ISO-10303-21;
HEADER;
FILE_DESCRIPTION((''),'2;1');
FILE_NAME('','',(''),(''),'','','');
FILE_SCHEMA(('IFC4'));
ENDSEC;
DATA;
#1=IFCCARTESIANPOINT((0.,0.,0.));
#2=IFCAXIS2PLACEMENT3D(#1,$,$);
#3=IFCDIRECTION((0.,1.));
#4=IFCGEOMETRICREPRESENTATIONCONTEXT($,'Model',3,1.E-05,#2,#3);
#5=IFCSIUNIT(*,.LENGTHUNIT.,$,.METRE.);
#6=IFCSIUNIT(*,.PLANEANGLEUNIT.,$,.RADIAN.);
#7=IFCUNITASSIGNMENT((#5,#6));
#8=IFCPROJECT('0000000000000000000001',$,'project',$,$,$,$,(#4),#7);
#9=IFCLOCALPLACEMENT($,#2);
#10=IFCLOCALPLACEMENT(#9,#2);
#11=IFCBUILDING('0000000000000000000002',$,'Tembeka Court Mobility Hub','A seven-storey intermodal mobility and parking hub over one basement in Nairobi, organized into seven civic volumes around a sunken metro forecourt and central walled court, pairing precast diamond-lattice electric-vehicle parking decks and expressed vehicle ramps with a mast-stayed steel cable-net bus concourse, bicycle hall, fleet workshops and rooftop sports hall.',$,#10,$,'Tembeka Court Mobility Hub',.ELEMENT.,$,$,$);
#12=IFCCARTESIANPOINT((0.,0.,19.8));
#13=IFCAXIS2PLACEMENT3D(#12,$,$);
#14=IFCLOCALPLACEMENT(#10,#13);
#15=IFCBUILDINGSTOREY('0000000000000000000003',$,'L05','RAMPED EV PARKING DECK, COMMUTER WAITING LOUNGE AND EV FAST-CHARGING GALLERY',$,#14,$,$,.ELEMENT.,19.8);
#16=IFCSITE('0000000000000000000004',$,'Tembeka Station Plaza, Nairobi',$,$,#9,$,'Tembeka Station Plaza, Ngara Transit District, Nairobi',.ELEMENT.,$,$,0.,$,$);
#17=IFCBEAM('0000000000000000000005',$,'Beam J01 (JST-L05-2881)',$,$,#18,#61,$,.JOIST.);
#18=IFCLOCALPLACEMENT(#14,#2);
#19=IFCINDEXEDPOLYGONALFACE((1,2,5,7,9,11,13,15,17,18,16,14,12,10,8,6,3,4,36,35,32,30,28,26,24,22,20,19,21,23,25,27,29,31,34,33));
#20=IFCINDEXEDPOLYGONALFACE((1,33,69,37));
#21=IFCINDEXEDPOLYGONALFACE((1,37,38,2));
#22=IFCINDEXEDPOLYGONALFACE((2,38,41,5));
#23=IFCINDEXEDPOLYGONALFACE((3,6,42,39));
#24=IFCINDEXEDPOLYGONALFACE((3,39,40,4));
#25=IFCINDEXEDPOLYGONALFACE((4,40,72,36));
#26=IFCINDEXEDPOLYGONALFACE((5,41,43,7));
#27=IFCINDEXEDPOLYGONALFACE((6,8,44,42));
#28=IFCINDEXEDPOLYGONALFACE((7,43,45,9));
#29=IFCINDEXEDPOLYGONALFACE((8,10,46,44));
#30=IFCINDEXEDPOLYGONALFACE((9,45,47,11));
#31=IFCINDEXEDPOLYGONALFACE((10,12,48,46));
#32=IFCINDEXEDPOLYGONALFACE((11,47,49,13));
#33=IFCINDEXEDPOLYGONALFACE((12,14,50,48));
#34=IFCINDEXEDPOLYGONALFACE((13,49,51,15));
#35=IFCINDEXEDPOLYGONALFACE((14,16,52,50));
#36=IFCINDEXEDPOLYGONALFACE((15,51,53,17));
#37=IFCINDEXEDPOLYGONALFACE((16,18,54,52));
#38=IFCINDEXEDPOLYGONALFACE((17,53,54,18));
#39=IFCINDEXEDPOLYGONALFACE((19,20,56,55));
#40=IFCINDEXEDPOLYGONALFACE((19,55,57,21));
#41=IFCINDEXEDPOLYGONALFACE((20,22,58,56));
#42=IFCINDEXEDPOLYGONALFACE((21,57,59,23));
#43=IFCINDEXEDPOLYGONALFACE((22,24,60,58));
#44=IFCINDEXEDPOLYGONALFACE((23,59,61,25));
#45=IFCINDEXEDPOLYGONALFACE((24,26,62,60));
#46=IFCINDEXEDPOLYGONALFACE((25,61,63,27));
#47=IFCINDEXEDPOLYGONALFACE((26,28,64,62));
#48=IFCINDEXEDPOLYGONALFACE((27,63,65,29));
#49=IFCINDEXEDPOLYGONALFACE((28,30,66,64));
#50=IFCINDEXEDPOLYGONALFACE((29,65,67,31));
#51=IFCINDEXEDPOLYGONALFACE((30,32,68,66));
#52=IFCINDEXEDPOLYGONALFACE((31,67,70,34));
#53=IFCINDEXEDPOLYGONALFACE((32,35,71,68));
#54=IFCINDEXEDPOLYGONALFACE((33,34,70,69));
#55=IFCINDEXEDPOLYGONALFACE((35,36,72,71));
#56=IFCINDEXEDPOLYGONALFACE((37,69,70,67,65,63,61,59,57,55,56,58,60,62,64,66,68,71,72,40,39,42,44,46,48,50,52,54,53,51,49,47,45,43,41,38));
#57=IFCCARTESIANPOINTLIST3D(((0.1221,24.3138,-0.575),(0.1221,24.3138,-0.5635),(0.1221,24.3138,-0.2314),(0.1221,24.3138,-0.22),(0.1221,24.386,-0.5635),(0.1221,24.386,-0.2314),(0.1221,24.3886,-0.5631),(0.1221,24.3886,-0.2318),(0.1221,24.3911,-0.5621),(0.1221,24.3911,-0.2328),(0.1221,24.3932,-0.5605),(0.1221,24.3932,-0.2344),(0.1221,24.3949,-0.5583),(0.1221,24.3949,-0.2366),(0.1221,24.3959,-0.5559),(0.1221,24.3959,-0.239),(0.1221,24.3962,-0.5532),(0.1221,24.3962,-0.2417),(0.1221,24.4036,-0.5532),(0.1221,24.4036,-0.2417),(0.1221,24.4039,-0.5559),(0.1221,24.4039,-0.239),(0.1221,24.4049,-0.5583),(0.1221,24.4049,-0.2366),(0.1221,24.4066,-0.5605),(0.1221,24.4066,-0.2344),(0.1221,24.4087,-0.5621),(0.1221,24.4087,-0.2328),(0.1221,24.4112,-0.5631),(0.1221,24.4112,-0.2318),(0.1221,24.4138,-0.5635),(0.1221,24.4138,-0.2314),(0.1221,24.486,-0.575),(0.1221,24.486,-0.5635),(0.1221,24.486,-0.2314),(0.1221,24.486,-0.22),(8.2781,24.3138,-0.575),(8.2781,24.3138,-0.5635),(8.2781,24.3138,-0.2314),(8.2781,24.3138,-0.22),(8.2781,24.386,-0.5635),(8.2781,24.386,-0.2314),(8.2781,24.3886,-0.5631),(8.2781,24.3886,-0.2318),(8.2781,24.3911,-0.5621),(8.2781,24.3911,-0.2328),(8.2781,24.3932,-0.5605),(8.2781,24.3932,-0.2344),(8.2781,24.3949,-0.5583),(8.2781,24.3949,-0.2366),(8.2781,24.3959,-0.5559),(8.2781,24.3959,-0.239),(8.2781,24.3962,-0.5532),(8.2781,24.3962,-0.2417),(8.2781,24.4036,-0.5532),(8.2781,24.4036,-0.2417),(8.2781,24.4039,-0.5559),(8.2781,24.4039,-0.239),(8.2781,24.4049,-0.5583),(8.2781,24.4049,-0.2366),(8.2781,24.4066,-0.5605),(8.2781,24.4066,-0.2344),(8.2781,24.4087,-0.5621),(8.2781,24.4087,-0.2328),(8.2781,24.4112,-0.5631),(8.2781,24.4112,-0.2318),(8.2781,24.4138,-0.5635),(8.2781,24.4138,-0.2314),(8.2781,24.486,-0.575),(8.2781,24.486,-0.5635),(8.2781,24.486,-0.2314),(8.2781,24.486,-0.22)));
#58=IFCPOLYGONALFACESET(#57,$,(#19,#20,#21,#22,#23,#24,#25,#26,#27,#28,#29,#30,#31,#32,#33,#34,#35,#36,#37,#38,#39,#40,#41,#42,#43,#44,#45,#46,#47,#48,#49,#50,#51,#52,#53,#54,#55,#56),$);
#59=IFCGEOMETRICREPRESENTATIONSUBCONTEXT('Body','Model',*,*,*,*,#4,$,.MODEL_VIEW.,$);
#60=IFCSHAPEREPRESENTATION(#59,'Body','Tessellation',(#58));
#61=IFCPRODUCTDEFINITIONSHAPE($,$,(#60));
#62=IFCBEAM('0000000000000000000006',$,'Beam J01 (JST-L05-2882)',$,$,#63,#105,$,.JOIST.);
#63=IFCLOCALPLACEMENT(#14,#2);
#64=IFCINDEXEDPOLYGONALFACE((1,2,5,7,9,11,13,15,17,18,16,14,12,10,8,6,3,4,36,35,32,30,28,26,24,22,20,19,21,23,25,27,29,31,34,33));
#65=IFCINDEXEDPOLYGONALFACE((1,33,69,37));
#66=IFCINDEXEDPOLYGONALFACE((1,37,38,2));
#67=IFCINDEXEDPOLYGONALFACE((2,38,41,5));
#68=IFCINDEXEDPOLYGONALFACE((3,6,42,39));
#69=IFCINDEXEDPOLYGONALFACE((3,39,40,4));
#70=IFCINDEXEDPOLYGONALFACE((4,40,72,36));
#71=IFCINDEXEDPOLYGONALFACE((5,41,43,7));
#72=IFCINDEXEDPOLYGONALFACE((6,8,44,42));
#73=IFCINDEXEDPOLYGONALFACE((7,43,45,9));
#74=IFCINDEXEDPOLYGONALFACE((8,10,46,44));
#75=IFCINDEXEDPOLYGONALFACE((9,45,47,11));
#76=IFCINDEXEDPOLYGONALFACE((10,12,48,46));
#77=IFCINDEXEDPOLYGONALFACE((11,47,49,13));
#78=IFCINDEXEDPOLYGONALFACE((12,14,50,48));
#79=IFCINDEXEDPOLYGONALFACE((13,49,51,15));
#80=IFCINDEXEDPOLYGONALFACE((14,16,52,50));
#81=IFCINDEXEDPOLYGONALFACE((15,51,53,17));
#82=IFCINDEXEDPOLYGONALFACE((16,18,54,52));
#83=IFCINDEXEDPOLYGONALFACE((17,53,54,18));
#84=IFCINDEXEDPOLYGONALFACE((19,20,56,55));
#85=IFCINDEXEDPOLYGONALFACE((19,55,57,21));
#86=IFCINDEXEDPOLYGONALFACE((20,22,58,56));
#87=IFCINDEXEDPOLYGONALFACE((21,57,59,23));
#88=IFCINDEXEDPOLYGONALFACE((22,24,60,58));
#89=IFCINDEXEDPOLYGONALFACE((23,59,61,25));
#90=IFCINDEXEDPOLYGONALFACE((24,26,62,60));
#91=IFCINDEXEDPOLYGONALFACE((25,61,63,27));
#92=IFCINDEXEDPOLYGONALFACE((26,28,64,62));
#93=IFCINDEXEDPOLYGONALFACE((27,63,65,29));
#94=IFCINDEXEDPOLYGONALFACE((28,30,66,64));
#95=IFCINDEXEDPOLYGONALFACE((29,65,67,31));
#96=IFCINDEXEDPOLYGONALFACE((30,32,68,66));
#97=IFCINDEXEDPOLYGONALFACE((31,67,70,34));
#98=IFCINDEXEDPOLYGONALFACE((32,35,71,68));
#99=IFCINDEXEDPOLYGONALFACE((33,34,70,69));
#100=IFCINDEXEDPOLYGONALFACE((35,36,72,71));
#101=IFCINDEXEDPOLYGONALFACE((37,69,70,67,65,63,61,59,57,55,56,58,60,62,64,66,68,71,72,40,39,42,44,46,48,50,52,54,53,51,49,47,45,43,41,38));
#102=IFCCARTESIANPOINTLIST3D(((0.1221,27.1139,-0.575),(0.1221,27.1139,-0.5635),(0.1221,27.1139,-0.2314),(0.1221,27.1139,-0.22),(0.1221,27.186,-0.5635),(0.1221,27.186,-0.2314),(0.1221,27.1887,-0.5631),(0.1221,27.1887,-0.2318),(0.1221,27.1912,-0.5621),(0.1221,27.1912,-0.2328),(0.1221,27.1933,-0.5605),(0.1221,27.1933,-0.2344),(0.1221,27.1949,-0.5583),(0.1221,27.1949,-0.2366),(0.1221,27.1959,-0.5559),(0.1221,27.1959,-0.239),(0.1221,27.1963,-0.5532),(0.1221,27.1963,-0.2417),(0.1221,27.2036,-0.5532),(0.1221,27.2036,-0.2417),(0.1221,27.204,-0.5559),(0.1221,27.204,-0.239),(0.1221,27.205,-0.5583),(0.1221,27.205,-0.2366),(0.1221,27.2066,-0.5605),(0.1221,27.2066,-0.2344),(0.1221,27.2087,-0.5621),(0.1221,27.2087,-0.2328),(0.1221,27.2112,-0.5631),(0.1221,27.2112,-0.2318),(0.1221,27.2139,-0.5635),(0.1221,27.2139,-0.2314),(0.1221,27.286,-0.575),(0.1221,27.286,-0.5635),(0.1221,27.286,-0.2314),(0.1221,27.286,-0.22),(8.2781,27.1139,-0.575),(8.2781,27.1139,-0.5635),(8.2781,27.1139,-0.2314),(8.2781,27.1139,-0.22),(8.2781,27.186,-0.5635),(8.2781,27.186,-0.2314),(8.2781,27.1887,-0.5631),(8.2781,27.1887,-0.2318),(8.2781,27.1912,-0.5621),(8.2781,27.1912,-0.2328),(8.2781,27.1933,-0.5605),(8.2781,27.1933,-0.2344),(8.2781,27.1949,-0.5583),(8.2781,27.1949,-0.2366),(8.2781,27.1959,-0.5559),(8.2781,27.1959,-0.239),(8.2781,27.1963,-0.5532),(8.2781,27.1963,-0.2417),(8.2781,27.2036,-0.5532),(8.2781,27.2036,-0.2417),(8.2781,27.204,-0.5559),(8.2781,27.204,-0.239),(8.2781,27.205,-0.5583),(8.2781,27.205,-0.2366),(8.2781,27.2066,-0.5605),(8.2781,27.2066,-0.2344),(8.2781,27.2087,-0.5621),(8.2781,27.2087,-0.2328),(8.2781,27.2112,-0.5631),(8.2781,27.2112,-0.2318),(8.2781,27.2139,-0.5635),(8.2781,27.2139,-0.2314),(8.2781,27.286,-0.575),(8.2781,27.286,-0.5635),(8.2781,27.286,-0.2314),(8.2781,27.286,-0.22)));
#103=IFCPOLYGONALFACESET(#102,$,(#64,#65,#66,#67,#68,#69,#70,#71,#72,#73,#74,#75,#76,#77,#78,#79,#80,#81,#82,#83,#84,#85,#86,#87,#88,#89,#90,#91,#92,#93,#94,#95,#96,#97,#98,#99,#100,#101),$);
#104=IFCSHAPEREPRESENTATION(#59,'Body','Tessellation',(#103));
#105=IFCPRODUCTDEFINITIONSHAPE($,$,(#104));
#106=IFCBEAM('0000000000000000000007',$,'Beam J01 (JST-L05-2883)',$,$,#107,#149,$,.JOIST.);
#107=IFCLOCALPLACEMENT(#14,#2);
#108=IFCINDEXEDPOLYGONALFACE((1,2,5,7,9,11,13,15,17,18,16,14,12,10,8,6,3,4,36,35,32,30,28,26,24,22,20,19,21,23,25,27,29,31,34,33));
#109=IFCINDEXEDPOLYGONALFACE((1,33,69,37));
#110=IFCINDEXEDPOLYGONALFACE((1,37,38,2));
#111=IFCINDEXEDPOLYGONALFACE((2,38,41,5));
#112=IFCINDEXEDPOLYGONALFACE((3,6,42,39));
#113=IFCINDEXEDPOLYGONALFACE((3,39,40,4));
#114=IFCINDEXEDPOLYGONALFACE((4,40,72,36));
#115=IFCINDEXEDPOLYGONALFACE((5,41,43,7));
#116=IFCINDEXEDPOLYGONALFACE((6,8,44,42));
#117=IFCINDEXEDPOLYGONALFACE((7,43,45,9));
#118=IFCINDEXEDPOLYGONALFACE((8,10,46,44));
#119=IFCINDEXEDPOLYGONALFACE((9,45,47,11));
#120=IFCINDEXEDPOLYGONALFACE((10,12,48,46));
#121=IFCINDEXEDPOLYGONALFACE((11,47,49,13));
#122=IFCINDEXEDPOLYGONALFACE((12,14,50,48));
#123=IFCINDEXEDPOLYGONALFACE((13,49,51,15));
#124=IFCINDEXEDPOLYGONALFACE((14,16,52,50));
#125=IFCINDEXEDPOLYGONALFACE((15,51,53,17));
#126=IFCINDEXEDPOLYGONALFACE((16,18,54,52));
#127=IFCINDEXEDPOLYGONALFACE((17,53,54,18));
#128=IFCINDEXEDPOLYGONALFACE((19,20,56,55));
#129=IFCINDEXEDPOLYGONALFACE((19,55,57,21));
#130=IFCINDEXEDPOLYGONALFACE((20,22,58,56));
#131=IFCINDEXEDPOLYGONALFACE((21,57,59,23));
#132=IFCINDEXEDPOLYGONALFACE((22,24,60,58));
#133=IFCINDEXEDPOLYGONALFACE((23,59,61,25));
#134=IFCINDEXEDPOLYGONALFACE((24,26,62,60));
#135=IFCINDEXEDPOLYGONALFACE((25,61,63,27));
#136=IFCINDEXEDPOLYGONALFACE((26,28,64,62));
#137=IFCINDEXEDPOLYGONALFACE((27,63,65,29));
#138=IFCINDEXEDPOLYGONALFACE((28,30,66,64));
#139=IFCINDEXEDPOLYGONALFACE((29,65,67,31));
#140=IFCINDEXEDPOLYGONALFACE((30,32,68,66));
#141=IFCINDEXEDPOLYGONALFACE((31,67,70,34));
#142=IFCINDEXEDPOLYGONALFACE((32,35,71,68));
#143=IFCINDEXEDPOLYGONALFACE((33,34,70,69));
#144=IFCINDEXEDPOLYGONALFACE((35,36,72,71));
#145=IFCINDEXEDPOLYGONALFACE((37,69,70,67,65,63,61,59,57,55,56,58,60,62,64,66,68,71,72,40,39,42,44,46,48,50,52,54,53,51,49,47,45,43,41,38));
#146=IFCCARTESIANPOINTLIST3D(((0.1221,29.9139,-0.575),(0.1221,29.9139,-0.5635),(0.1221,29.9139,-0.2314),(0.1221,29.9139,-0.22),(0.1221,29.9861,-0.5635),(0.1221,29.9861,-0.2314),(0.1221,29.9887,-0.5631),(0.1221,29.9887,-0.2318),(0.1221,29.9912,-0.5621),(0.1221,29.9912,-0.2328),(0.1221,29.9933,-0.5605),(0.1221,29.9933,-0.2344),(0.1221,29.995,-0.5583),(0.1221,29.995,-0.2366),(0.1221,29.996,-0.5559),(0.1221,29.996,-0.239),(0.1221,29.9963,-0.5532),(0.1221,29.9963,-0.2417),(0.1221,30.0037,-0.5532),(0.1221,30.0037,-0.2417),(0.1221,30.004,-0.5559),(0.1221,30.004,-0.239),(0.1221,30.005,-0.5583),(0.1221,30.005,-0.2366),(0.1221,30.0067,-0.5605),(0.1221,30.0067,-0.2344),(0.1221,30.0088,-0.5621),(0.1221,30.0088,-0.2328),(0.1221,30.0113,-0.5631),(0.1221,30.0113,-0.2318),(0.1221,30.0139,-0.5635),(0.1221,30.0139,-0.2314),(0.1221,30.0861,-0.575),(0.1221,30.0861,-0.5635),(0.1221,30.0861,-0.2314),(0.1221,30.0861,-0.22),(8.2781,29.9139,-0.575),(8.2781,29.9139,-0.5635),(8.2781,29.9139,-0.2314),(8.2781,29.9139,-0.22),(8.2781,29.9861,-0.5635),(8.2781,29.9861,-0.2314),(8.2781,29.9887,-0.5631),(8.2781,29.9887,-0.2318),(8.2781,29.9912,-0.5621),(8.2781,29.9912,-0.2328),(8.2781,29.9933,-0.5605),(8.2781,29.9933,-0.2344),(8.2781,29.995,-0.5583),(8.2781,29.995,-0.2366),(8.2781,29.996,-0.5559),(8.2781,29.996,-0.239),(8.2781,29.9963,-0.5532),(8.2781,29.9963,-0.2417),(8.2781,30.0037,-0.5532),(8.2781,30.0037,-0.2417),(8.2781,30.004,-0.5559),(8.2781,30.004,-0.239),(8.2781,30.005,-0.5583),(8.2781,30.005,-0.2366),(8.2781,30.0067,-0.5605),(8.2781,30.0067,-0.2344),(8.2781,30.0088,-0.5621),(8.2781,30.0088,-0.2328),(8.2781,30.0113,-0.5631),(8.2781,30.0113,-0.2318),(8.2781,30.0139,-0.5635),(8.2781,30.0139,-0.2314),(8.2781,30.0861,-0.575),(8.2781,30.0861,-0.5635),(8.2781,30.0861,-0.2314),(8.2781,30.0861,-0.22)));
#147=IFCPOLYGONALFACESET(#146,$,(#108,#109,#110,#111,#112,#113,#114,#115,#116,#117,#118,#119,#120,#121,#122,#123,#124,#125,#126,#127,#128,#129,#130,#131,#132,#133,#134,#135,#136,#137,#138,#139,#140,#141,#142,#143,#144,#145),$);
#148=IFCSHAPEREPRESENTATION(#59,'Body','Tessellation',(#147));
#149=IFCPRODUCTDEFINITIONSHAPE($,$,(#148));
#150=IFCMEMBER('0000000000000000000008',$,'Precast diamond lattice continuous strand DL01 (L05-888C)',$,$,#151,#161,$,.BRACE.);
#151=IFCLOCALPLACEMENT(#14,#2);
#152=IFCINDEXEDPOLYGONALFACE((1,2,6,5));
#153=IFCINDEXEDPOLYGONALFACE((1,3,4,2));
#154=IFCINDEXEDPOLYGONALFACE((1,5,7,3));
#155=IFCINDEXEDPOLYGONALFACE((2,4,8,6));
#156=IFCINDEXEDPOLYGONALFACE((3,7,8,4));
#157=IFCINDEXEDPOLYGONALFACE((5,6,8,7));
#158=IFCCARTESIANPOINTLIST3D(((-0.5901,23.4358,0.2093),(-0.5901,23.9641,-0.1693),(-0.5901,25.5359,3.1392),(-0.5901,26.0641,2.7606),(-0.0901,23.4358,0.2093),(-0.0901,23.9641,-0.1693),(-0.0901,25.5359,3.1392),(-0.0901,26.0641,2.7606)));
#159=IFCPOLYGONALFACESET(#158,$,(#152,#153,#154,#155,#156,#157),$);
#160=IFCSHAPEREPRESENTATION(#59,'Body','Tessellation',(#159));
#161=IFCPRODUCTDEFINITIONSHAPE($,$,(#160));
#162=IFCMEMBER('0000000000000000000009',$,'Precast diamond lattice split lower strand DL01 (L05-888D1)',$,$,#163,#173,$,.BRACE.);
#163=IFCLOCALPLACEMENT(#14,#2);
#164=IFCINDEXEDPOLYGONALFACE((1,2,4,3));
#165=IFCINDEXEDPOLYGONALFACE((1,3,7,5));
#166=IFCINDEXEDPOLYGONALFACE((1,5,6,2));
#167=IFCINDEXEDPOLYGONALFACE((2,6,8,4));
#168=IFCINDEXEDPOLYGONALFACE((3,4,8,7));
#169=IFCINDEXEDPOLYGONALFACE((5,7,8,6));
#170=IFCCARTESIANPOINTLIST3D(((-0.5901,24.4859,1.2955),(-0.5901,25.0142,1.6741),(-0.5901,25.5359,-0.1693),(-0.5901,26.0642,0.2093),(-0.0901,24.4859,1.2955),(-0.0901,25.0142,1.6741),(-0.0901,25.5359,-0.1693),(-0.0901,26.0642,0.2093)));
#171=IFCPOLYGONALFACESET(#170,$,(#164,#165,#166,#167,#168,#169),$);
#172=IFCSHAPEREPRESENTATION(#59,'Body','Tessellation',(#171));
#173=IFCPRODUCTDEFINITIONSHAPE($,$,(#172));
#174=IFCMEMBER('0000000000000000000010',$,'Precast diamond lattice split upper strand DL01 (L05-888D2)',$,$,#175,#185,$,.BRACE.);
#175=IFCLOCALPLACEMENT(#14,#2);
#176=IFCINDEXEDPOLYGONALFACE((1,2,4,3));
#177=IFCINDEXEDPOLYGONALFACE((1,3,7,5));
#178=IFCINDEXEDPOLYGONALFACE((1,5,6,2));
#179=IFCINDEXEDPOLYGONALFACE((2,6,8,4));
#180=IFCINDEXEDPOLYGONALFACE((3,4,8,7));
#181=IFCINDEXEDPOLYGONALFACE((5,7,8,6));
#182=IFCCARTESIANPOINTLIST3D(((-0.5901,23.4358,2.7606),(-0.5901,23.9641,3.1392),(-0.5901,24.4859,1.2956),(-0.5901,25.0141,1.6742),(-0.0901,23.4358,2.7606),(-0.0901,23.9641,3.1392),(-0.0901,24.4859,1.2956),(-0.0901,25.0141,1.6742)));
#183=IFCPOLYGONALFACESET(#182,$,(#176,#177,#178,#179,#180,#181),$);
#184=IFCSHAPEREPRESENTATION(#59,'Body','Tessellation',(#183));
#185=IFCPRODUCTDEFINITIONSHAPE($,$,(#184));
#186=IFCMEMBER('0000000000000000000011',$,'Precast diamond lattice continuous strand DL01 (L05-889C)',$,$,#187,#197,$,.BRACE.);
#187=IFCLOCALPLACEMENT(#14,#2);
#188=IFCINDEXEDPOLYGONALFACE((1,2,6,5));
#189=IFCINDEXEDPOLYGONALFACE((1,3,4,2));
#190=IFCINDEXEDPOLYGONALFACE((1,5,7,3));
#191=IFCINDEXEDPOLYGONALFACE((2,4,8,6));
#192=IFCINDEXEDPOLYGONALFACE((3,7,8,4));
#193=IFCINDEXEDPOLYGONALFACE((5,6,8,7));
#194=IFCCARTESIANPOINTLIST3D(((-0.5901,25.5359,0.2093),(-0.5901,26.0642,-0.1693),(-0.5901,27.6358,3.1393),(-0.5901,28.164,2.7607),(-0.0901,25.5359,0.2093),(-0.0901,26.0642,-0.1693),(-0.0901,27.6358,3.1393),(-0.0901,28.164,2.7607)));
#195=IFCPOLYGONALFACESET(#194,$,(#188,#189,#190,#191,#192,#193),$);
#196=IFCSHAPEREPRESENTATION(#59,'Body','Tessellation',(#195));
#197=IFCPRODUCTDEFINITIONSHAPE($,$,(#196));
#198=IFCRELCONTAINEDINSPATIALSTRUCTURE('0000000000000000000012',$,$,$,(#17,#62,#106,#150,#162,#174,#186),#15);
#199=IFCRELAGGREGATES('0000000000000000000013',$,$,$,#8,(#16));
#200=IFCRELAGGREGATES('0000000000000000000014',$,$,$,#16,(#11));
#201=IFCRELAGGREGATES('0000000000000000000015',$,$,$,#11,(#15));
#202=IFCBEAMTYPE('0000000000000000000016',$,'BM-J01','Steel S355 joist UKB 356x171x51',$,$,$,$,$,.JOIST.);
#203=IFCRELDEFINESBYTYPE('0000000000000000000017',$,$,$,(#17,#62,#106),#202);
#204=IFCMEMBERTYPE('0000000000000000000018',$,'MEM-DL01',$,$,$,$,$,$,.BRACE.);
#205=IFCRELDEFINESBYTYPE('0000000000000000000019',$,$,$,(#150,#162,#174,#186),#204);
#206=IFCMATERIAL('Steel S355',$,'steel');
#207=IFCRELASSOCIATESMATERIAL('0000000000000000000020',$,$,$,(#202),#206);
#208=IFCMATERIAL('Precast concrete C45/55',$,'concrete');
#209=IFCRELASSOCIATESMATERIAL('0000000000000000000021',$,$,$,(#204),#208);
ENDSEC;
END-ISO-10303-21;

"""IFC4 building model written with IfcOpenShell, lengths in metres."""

from ifc_helpers import new_model, si_unit, direction, frame, origin, origin_2d, place, context, subcontext, project, spatial, rectangle, i_section, extrude, material, material_profile, profile_set, type_object, element, save


model = new_model("IFC4")

# Units and contexts
model_context = context("Model", 3, precision=1e-05, world=origin(), true_north=direction((0.0, 1.0)))
body_context = subcontext(model_context, "Body", "Model", "MODEL_VIEW")
ifc_project = project(units=[si_unit("LENGTHUNIT", "METRE"), si_unit("PLANEANGLEUNIT", "RADIAN")], contexts=[model_context])

# Site, building, storey
site_placement = place(None, origin())
site = spatial("IfcSite", under=ifc_project, at=site_placement, Name="Tembeka Station Plaza, Nairobi", LongName="Tembeka Station Plaza, Ngara Transit District, Nairobi", CompositionType="ELEMENT", RefElevation=0.0)
building_placement = place(site_placement, origin())
building = spatial("IfcBuilding", under=site, at=building_placement, Name="Tembeka Court Mobility Hub", Description="A seven-storey intermodal mobility and parking hub over one basement in Nairobi, organized into seven civic volumes around a sunken metro forecourt and central walled court, pairing precast diamond-lattice electric-vehicle parking decks and expressed vehicle ramps with a mast-stayed steel cable-net bus concourse, bicycle hall, fleet workshops and rooftop sports hall.", LongName="Tembeka Court Mobility Hub", CompositionType="ELEMENT")
storey_placement = place(building_placement, frame((0.0, 0.0, 19.8)))
storey = spatial("IfcBuildingStorey", under=building, at=storey_placement, Name="L05", Description="RAMPED EV PARKING DECK, COMMUTER WAITING LOUNGE AND EV FAST-CHARGING GALLERY", CompositionType="ELEMENT", Elevation=19.8)

# Beams
ifc_material_1 = material(Name="Steel S355", Category="steel")
ifc_material_profile_1 = material_profile(ifc_material_1, i_section(OverallWidth=0.1721, OverallDepth=0.355, WebThickness=0.0073, FlangeThickness=0.0115, FilletRadius=0.0103, at=origin_2d()), Name="UKB 356x171x51")
ifc_profile_set_1 = profile_set([ifc_material_profile_1], Name="Steel S355")
beam_type = type_object("IfcBeamType", Name="BM-J01", Description="Steel S355 joist UKB 356x171x51", PredefinedType="JOIST", material=ifc_profile_set_1)
for number, where, z_axis, x_axis, name in (
    (1, (0.1221, 24.3999, -0.3975), (1.0, 0.0, 0.0), (0.0, 1.0, 0.0), "Beam J01 (JST-L05-2881)"),
    (2, (0.1221, 27.2, -0.3975), (1.0, 0.0, 0.0), (0.0, 1.0, 0.0), "Beam J01 (JST-L05-2882)"),
    (3, (0.1221, 30.0, -0.3975), (1.0, 0.0, 0.0), (0.0, 1.0, 0.0), "Beam J01 (JST-L05-2883)"),
):
    element("IfcBeam", number, at=place(storey_placement, frame(where, z_axis=z_axis, x_axis=x_axis)), inside=storey, type_object=beam_type, Name=name, PredefinedType="JOIST", context=body_context, shape_type="SweptSolid", body=[
        extrude(i_section(OverallWidth=0.1721, OverallDepth=0.355, WebThickness=0.0073, FlangeThickness=0.0115, FilletRadius=0.0103, at=origin_2d()), origin(), (0.0, 0.0, 1.0), 8.156),
    ])

# Members
ifc_material_2 = material(Name="Precast concrete C45/55", Category="concrete")
ifc_material_profile_2 = material_profile(ifc_material_2, rectangle(XDim=0.5, YDim=0.6499, at=origin_2d()), Name="PC-DIAG 500x650")
ifc_profile_set_2 = profile_set([ifc_material_profile_2], Name="Precast concrete C45/55")
member_type_1 = type_object("IfcMemberType", Name="MEM-DL01", PredefinedType="BRACE", material=ifc_profile_set_2)
member_1_placement = place(storey_placement, frame((-0.3401, 23.7, 0.02), z_axis=(0.0, 0.582576, 0.812776), x_axis=(-1.0, 0.0, 0.0)))
element("IfcMember", 4, at=member_1_placement, inside=storey, type_object=member_type_1, Name="Precast diamond lattice continuous strand DL01 (L05-888C)", PredefinedType="BRACE", context=body_context, shape_type="SweptSolid", body=[
    extrude(rectangle(XDim=0.5, YDim=0.6499, at=origin_2d()), origin(), (0.0, 0.0, 1.0), 3.6047),
])
member_2_placement = place(storey_placement, frame((-0.3401, 25.8, 0.02), z_axis=(0.0, -0.582608, 0.812753), x_axis=(1.0, 0.0, 0.0)))
element("IfcMember", 5, at=member_2_placement, inside=storey, type_object=member_type_1, Name="Precast diamond lattice split lower strand DL01 (L05-888D1)", PredefinedType="BRACE", context=body_context, shape_type="SweptSolid", body=[
    extrude(rectangle(XDim=0.5, YDim=0.6499, at=origin_2d()), origin(), (0.0, 0.0, 1.0), 1.8022),
])
member_3_placement = place(storey_placement, frame((-0.3401, 24.75, 1.4849), z_axis=(0.0, -0.582544, 0.812799), x_axis=(1.0, 0.0, 0.0)))
element("IfcMember", 6, at=member_3_placement, inside=storey, type_object=member_type_1, Name="Precast diamond lattice split upper strand DL01 (L05-888D2)", PredefinedType="BRACE", context=body_context, shape_type="SweptSolid", body=[
    extrude(rectangle(XDim=0.5, YDim=0.6499, at=origin_2d()), origin(), (0.0, 0.0, 1.0), 1.8025),
])
member_4_placement = place(storey_placement, frame((-0.3401, 25.8, 0.02), z_axis=(0.0, 0.582532, 0.812808), x_axis=(-1.0, 0.0, 0.0)))
element("IfcMember", 7, at=member_4_placement, inside=storey, type_object=member_type_1, Name="Precast diamond lattice continuous strand DL01 (L05-889C)", PredefinedType="BRACE", context=body_context, shape_type="SweptSolid", body=[
    extrude(rectangle(XDim=0.5, YDim=0.6499, at=origin_2d()), origin(), (0.0, 0.0, 1.0), 3.6047),
])

save(model, "model.ifc")
